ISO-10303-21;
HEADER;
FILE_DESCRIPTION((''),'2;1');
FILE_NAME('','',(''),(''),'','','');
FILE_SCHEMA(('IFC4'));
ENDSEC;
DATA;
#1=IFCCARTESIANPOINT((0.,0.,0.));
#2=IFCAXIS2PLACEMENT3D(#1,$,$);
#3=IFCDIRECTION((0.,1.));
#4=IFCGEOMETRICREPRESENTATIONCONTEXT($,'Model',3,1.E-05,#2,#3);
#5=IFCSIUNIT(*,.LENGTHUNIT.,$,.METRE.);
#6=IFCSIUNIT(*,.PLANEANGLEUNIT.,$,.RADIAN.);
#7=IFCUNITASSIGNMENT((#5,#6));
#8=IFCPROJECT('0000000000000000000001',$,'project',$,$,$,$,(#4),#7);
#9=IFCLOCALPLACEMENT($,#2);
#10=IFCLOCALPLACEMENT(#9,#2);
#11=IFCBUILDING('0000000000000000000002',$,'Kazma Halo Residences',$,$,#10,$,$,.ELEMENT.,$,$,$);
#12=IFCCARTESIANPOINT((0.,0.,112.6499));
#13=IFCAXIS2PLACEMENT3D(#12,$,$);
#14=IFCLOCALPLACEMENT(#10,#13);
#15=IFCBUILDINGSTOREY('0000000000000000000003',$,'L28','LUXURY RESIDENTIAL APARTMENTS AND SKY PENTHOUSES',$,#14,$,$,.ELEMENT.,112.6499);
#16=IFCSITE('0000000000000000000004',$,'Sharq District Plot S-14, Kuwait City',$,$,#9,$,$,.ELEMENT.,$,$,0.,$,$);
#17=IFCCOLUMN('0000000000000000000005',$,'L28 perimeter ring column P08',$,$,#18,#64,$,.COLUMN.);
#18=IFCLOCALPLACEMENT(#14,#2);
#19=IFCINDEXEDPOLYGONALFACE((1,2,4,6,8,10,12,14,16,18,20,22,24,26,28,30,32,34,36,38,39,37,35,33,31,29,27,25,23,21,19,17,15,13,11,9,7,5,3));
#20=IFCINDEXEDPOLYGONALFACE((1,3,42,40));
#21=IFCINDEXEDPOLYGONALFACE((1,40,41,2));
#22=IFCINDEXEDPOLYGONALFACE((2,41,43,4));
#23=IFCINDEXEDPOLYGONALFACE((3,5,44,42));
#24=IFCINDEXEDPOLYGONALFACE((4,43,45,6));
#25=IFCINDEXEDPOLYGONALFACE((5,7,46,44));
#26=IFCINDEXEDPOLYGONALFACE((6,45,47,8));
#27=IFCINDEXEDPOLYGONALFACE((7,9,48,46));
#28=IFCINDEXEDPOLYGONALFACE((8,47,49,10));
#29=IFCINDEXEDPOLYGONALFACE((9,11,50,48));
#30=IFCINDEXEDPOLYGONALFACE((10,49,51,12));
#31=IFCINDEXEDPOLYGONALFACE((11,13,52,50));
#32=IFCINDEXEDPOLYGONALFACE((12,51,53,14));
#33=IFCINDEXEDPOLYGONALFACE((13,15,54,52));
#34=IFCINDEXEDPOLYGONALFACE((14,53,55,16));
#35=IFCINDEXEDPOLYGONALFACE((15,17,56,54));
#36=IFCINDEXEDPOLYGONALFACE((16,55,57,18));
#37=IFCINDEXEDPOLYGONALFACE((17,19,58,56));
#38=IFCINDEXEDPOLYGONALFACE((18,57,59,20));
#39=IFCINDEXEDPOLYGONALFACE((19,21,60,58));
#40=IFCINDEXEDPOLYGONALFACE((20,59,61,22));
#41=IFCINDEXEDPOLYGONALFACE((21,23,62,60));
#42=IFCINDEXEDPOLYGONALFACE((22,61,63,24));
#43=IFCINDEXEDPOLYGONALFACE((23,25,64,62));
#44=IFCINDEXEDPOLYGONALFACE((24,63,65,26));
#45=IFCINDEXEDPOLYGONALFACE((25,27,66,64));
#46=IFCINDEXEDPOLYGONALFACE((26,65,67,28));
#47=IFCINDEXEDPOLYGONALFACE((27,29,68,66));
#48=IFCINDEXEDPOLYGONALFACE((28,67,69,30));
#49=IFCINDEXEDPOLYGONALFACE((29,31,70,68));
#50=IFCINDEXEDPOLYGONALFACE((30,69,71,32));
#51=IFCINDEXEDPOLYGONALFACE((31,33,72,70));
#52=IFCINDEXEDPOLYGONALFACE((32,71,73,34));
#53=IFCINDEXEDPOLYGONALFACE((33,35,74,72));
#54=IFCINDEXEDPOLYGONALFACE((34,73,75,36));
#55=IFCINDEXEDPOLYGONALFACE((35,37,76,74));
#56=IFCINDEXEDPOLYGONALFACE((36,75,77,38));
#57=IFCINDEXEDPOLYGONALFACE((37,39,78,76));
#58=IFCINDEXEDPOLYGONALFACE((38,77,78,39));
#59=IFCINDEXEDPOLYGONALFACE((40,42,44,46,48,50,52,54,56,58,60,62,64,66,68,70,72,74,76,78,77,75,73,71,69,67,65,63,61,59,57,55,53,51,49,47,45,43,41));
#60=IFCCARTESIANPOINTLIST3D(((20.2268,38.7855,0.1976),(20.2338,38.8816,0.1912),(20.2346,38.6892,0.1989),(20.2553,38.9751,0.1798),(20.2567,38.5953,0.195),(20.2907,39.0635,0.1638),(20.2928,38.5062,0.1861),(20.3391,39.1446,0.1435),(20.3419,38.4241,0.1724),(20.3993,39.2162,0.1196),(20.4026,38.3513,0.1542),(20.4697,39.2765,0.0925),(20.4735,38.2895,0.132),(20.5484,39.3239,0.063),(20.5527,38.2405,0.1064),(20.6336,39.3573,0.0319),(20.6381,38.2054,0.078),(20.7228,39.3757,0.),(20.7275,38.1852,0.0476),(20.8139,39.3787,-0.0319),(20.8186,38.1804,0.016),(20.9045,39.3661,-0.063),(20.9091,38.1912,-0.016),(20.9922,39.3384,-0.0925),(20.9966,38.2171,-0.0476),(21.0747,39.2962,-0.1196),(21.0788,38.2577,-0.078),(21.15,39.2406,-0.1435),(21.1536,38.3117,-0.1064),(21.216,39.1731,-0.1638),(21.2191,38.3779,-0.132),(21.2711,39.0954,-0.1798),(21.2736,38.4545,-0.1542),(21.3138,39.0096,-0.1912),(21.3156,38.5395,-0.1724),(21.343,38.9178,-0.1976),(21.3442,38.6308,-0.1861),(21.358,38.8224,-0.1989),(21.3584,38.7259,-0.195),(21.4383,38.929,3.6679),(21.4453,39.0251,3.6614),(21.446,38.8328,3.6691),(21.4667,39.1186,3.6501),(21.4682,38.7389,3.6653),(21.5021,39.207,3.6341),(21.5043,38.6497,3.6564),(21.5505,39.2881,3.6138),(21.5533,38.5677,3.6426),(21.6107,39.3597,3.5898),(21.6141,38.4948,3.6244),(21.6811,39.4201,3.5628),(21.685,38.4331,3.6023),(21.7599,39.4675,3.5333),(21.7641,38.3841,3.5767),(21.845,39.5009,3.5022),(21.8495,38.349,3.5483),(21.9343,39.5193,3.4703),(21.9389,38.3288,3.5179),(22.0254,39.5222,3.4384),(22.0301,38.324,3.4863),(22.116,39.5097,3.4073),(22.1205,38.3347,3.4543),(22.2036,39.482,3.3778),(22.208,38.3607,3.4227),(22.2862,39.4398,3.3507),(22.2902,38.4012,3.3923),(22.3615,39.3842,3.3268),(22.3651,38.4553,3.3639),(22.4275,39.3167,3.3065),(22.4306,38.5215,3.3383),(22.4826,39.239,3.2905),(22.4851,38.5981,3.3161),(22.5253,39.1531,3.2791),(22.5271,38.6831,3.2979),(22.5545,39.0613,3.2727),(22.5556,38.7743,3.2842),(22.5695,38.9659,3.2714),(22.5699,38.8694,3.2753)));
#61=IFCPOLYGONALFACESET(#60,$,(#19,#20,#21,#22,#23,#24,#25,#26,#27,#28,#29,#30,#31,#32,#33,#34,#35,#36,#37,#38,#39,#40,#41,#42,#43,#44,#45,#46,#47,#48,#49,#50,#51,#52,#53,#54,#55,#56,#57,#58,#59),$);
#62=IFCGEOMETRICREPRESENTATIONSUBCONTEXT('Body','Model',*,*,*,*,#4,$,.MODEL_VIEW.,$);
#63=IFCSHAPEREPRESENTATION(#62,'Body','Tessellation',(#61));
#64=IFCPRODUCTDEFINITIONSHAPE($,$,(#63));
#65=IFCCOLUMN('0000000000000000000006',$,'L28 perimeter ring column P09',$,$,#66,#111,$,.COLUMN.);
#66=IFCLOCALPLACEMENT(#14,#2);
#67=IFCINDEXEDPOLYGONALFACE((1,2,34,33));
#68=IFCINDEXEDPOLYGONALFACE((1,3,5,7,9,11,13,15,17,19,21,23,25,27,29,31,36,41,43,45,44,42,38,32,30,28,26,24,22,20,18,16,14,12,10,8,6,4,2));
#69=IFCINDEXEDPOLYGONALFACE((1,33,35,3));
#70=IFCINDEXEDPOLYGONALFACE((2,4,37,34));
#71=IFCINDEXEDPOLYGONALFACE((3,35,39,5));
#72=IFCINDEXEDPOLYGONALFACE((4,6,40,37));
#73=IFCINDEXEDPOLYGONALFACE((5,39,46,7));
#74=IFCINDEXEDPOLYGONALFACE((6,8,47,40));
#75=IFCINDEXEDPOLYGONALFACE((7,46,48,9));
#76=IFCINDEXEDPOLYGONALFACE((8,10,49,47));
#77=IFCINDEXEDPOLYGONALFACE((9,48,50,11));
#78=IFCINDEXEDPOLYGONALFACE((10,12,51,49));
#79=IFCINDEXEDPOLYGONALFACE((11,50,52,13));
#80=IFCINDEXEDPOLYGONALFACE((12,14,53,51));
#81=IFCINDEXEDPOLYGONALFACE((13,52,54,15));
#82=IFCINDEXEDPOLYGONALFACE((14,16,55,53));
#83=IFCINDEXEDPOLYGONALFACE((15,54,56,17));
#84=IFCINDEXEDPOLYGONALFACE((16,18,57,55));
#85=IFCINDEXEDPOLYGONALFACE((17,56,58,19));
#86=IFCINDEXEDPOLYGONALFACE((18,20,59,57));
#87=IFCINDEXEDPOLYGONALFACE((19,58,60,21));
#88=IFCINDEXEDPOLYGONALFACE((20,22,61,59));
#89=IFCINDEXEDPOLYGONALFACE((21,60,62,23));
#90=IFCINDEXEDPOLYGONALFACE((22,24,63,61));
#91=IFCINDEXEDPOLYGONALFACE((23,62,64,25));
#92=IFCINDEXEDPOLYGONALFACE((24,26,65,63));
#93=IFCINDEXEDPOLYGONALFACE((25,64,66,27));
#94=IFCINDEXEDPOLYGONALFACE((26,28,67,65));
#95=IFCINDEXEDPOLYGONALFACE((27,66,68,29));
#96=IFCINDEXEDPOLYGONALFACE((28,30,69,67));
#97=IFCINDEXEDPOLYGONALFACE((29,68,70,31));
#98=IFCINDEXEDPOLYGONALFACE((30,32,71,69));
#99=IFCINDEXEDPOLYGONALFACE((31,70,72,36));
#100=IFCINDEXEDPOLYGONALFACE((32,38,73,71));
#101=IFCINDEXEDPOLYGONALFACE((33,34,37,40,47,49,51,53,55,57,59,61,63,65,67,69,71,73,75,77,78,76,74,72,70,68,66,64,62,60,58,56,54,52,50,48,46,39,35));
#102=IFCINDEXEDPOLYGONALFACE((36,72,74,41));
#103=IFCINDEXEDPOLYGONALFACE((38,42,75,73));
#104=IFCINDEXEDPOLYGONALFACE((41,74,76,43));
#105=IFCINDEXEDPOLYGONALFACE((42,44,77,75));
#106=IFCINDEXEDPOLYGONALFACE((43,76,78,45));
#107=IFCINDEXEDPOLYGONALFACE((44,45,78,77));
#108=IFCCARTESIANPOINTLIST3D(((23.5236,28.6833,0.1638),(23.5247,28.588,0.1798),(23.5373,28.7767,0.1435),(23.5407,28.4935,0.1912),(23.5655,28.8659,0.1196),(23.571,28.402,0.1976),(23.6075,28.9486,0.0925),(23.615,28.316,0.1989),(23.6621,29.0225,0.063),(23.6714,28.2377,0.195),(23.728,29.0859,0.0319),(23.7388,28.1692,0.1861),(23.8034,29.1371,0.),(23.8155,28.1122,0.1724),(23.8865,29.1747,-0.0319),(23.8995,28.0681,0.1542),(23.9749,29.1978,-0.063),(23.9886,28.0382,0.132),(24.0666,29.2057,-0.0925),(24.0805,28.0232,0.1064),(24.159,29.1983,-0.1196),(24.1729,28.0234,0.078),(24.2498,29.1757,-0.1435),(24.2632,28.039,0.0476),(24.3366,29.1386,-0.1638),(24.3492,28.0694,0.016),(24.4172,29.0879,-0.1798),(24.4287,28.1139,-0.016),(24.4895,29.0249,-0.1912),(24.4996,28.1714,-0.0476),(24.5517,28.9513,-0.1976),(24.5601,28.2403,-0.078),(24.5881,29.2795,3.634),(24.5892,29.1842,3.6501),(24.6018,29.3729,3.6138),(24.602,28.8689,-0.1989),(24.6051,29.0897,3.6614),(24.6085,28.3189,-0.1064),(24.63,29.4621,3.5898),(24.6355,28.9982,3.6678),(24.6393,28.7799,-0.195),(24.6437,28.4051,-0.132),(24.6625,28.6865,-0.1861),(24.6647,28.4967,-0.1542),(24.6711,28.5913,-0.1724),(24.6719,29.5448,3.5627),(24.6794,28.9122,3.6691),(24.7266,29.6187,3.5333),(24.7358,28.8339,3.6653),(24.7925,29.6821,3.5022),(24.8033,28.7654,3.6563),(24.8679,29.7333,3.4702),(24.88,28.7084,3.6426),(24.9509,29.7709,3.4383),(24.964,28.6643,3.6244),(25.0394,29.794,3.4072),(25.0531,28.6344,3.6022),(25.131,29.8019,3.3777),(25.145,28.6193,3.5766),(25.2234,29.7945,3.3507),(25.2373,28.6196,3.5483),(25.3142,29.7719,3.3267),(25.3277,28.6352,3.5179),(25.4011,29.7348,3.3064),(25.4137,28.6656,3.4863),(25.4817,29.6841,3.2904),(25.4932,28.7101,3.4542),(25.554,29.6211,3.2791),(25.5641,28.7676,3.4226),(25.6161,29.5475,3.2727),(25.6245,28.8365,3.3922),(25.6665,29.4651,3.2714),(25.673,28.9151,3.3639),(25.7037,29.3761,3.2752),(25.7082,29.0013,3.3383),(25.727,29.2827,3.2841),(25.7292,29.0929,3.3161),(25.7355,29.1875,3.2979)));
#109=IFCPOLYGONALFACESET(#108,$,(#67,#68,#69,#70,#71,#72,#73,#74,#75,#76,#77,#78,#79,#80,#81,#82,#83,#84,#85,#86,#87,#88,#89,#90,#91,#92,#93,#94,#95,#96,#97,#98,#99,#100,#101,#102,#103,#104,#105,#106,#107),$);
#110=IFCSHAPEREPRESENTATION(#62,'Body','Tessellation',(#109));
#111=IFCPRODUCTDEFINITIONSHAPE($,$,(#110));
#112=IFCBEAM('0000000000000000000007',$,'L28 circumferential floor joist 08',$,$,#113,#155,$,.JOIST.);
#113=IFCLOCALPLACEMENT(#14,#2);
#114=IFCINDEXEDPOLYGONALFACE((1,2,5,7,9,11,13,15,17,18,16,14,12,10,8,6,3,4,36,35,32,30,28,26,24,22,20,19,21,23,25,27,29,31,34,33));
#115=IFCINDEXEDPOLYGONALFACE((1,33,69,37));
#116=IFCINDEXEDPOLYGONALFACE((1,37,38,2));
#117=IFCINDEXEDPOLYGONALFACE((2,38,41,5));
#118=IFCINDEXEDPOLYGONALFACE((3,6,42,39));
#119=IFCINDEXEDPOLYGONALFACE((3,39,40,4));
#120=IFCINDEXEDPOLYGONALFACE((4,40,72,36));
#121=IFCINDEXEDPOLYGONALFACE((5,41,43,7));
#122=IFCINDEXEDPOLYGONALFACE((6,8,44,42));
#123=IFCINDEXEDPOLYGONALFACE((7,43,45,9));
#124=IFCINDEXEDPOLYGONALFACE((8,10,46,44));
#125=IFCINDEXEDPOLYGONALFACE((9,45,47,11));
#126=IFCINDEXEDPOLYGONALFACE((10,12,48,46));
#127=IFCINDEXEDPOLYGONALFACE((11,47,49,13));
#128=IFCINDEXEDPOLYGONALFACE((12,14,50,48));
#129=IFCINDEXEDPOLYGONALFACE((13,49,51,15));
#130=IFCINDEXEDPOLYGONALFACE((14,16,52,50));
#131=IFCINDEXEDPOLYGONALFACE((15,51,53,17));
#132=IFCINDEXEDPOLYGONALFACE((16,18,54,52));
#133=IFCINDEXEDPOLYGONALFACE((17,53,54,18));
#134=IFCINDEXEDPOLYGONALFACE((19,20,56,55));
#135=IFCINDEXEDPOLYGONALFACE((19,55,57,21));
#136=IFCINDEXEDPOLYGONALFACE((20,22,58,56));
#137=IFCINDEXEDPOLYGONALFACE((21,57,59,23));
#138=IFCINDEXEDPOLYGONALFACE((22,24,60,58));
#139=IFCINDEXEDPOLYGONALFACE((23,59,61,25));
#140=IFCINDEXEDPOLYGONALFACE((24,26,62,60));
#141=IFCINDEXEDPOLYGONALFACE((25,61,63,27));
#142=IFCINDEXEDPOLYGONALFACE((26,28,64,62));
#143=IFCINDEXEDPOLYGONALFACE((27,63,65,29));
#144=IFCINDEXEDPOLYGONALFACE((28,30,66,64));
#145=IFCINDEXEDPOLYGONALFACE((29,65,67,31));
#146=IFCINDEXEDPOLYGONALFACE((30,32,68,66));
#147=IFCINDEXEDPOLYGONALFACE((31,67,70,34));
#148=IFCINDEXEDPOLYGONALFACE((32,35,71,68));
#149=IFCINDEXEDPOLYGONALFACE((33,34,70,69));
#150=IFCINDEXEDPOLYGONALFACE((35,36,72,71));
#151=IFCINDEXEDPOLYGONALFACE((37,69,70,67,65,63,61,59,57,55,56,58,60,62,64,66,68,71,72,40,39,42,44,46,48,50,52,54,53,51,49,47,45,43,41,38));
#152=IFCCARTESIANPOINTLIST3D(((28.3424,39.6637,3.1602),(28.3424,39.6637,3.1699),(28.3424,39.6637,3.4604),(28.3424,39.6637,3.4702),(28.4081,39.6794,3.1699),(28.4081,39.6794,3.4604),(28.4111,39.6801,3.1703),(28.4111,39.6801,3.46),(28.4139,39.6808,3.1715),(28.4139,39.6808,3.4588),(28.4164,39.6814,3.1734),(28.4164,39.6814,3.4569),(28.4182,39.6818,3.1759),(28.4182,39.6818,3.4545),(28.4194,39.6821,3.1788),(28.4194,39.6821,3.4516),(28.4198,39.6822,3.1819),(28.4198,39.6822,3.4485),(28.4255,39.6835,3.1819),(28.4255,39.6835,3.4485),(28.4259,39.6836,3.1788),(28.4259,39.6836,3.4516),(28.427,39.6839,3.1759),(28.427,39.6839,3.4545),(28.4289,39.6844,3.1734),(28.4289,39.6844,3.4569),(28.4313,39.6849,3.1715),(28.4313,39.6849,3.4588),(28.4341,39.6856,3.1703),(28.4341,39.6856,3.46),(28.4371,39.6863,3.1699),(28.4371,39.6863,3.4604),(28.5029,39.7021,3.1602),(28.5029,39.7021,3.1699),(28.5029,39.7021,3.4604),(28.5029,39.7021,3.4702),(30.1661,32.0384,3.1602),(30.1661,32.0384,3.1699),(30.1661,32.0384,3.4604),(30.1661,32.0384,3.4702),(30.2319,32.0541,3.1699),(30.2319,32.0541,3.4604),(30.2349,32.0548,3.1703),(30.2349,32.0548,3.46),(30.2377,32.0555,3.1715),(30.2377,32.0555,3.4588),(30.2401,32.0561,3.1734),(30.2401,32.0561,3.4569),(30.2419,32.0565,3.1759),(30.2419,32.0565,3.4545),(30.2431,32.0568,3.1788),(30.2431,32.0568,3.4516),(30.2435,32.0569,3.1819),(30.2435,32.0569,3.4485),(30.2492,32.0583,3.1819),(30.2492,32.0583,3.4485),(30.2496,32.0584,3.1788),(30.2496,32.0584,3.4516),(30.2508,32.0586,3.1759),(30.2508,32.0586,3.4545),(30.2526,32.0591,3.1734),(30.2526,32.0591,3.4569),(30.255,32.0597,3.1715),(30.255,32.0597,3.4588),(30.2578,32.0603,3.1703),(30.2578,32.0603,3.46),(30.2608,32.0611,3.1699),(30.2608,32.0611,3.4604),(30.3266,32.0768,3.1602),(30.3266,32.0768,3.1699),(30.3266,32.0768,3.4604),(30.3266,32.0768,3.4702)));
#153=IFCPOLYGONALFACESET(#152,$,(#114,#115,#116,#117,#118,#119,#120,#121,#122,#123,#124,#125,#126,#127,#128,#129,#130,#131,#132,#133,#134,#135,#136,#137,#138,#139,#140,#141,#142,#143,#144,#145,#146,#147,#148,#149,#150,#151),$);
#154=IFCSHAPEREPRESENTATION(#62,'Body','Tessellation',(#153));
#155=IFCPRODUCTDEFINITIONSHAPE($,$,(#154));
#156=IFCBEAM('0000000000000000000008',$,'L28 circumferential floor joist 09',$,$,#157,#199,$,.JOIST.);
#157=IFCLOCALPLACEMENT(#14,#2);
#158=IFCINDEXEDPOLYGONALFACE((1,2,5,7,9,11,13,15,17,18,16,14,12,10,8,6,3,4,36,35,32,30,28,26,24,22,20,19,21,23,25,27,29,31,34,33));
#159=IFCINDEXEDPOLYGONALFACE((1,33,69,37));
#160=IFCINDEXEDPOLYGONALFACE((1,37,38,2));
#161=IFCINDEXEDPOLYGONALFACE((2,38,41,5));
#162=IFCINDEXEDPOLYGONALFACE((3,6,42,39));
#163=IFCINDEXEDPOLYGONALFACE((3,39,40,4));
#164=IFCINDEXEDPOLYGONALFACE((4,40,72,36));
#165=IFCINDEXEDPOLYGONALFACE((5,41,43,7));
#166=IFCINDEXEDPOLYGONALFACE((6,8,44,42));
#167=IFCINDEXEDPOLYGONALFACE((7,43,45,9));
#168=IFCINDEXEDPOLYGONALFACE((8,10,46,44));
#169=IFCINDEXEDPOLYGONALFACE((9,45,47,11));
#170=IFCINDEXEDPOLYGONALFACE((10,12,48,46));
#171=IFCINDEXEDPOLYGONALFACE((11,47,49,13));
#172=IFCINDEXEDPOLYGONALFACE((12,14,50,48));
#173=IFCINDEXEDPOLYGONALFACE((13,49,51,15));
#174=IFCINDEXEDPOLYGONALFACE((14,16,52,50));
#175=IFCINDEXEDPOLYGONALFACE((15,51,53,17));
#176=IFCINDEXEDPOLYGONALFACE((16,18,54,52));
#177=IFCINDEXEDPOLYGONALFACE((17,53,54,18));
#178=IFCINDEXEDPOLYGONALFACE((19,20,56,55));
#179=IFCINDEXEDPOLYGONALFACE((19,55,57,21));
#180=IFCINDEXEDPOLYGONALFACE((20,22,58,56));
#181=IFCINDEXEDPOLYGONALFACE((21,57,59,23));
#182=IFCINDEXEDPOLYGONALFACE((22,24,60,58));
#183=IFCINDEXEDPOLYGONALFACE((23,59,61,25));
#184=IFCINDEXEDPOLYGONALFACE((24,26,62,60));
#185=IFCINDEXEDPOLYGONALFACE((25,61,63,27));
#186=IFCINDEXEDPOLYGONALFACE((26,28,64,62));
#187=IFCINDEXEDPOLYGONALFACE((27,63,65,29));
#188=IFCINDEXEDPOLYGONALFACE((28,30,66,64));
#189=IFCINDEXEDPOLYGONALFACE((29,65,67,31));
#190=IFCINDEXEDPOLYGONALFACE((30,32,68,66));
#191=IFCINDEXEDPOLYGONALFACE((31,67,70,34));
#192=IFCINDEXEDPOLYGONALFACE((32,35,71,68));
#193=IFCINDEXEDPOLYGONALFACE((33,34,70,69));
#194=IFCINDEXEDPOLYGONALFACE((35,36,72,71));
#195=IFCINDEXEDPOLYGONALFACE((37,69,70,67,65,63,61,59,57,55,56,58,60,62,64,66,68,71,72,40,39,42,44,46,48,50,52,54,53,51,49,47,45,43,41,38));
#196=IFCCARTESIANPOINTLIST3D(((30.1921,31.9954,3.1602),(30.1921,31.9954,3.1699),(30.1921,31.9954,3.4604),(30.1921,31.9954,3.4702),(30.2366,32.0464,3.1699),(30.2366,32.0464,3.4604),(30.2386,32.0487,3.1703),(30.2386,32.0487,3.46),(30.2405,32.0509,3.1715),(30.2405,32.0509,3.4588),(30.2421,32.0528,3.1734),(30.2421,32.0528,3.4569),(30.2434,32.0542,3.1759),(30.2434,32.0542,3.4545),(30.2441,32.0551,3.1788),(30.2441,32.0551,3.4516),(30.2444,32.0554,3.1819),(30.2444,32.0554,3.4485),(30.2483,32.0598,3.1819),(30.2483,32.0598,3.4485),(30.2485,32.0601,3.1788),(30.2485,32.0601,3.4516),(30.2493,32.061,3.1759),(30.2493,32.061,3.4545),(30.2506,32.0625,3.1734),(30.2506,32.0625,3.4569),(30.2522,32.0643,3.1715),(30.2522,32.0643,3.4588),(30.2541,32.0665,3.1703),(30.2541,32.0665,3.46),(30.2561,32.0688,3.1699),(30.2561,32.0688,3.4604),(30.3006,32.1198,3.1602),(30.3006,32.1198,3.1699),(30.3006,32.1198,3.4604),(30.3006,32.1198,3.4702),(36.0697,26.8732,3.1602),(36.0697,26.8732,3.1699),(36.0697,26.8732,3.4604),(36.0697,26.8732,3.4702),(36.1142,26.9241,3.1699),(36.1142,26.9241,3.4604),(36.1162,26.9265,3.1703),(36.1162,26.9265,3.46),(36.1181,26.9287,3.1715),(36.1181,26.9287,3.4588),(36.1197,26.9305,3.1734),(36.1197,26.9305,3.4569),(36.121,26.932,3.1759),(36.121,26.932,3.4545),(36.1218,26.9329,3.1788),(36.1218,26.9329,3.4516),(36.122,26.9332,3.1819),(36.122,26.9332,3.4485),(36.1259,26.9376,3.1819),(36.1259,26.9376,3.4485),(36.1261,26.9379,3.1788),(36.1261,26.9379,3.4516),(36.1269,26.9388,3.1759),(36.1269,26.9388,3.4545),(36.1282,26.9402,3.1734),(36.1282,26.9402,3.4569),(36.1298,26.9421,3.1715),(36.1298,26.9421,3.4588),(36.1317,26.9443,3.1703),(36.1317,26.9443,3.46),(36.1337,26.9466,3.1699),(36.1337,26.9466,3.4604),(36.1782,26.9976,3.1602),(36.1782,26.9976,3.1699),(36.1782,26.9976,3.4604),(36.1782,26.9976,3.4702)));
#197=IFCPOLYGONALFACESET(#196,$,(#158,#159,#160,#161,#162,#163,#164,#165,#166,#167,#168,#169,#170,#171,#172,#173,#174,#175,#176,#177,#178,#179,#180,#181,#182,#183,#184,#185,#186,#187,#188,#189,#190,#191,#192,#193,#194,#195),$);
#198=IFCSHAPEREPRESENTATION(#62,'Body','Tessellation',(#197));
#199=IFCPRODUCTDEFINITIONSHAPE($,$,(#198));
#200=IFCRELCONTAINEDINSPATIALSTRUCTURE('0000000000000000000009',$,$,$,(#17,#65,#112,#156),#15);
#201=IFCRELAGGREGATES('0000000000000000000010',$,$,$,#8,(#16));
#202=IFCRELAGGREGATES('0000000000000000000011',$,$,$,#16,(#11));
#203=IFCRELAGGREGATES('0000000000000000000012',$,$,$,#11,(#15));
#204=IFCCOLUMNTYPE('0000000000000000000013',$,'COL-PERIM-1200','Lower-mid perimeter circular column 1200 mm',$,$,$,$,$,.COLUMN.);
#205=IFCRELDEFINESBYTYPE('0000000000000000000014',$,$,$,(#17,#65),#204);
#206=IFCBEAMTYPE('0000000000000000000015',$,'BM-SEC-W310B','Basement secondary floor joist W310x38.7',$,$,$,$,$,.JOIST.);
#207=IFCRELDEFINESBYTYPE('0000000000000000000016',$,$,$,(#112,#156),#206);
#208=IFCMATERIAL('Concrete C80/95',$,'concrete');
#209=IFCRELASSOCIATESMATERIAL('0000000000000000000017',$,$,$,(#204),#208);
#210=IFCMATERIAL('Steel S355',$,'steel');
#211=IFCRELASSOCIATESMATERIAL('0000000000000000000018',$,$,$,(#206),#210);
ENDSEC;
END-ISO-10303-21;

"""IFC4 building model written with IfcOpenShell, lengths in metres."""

from ifc_helpers import new_model, si_unit, direction, frame, origin, origin_2d, place, context, subcontext, project, spatial, circle, i_section, extrude, material, material_profile, profile_set, type_object, element, save


model = new_model("IFC4")

# Units and contexts
model_context = context("Model", 3, precision=1e-05, world=origin(), true_north=direction((0.0, 1.0)))
body_context = subcontext(model_context, "Body", "Model", "MODEL_VIEW")
ifc_project = project(units=[si_unit("LENGTHUNIT", "METRE"), si_unit("PLANEANGLEUNIT", "RADIAN")], contexts=[model_context])

# Site, building, storey
site_placement = place(None, origin())
site = spatial("IfcSite", under=ifc_project, at=site_placement, Name="Sharq District Plot S-14, Kuwait City", CompositionType="ELEMENT", RefElevation=0.0)
building_placement = place(site_placement, origin())
building = spatial("IfcBuilding", under=site, at=building_placement, Name="Kazma Halo Residences", CompositionType="ELEMENT")
storey_placement = place(building_placement, frame((0.0, 0.0, 112.6499)))
storey = spatial("IfcBuildingStorey", under=building, at=storey_placement, Name="L28", Description="LUXURY RESIDENTIAL APARTMENTS AND SKY PENTHOUSES", CompositionType="ELEMENT", Elevation=112.6499)

# Columns
ifc_material_1 = material(Name="Concrete C80/95", Category="concrete")
ifc_material_profile_1 = material_profile(ifc_material_1, circle(Radius=0.6001, at=origin_2d()), Name="CIRC1200")
ifc_profile_set_1 = profile_set([ifc_material_profile_1], Name="Concrete C80/95")
column_type = type_object("IfcColumnType", Name="COL-PERIM-1200", Description="Lower-mid perimeter circular column 1200 mm", PredefinedType="COLUMN", material=ifc_profile_set_1)
for number, where, z_axis, x_axis, name in (
    (1, (20.7935, 38.7798, 0.0), (0.329336, 0.039027, 0.943406), (-0.117677, 0.993052, 0.0), "L28 perimeter ring column P08"),
    (2, (24.0967, 28.6135, 0.0), (0.289377, 0.162077, 0.943394), (-0.488664, 0.872472, 0.0), "L28 perimeter ring column P09"),
):
    element("IfcColumn", number, at=place(storey_placement, frame(where, z_axis=z_axis, x_axis=x_axis)), inside=storey, type_object=column_type, Name=name, PredefinedType="COLUMN", context=body_context, shape_type="SweptSolid", body=[
        extrude(circle(Radius=0.6001, at=origin_2d()), origin(), (0.0, 0.0, 1.0), 3.6785),
    ])

# Beams
ifc_material_2 = material(Name="Steel S355", Category="steel")
ifc_material_profile_2 = material_profile(ifc_material_2, i_section(OverallWidth=0.165, OverallDepth=0.3101, WebThickness=0.0059, FlangeThickness=0.0098, FilletRadius=0.012, at=origin_2d()), Name="W310x38.7")
ifc_profile_set_2 = profile_set([ifc_material_profile_2], Name="Steel S355")
beam_type_1 = type_object("IfcBeamType", Name="BM-SEC-W310B", Description="Basement secondary floor joist W310x38.7", PredefinedType="JOIST", material=ifc_profile_set_2)
beam_1_placement = place(storey_placement, frame((28.4226, 39.6829, 3.3152), z_axis=(0.23261, -0.97257, 0.0), x_axis=(0.97257, 0.23261, 0.0)))
element("IfcBeam", 3, at=beam_1_placement, inside=storey, type_object=beam_type_1, Name="L28 circumferential floor joist 08", PredefinedType="JOIST", context=body_context, shape_type="SweptSolid", body=[
    extrude(i_section(OverallWidth=0.165, OverallDepth=0.3101, WebThickness=0.0059, FlangeThickness=0.0098, FilletRadius=0.012, at=origin_2d()), origin(), (0.0, 0.0, 1.0), 7.8403),
])
beam_2_placement = place(storey_placement, frame((30.2463, 32.0576, 3.3152), z_axis=(0.753888, -0.657002, 0.0), x_axis=(0.657002, 0.753888, 0.0)))
element("IfcBeam", 4, at=beam_2_placement, inside=storey, type_object=beam_type_1, Name="L28 circumferential floor joist 09", PredefinedType="JOIST", context=body_context, shape_type="SweptSolid", body=[
    extrude(i_section(OverallWidth=0.165, OverallDepth=0.3101, WebThickness=0.0059, FlangeThickness=0.0098, FilletRadius=0.012, at=origin_2d()), origin(), (0.0, 0.0, 1.0), 7.7964),
])

save(model, "model.ifc")
